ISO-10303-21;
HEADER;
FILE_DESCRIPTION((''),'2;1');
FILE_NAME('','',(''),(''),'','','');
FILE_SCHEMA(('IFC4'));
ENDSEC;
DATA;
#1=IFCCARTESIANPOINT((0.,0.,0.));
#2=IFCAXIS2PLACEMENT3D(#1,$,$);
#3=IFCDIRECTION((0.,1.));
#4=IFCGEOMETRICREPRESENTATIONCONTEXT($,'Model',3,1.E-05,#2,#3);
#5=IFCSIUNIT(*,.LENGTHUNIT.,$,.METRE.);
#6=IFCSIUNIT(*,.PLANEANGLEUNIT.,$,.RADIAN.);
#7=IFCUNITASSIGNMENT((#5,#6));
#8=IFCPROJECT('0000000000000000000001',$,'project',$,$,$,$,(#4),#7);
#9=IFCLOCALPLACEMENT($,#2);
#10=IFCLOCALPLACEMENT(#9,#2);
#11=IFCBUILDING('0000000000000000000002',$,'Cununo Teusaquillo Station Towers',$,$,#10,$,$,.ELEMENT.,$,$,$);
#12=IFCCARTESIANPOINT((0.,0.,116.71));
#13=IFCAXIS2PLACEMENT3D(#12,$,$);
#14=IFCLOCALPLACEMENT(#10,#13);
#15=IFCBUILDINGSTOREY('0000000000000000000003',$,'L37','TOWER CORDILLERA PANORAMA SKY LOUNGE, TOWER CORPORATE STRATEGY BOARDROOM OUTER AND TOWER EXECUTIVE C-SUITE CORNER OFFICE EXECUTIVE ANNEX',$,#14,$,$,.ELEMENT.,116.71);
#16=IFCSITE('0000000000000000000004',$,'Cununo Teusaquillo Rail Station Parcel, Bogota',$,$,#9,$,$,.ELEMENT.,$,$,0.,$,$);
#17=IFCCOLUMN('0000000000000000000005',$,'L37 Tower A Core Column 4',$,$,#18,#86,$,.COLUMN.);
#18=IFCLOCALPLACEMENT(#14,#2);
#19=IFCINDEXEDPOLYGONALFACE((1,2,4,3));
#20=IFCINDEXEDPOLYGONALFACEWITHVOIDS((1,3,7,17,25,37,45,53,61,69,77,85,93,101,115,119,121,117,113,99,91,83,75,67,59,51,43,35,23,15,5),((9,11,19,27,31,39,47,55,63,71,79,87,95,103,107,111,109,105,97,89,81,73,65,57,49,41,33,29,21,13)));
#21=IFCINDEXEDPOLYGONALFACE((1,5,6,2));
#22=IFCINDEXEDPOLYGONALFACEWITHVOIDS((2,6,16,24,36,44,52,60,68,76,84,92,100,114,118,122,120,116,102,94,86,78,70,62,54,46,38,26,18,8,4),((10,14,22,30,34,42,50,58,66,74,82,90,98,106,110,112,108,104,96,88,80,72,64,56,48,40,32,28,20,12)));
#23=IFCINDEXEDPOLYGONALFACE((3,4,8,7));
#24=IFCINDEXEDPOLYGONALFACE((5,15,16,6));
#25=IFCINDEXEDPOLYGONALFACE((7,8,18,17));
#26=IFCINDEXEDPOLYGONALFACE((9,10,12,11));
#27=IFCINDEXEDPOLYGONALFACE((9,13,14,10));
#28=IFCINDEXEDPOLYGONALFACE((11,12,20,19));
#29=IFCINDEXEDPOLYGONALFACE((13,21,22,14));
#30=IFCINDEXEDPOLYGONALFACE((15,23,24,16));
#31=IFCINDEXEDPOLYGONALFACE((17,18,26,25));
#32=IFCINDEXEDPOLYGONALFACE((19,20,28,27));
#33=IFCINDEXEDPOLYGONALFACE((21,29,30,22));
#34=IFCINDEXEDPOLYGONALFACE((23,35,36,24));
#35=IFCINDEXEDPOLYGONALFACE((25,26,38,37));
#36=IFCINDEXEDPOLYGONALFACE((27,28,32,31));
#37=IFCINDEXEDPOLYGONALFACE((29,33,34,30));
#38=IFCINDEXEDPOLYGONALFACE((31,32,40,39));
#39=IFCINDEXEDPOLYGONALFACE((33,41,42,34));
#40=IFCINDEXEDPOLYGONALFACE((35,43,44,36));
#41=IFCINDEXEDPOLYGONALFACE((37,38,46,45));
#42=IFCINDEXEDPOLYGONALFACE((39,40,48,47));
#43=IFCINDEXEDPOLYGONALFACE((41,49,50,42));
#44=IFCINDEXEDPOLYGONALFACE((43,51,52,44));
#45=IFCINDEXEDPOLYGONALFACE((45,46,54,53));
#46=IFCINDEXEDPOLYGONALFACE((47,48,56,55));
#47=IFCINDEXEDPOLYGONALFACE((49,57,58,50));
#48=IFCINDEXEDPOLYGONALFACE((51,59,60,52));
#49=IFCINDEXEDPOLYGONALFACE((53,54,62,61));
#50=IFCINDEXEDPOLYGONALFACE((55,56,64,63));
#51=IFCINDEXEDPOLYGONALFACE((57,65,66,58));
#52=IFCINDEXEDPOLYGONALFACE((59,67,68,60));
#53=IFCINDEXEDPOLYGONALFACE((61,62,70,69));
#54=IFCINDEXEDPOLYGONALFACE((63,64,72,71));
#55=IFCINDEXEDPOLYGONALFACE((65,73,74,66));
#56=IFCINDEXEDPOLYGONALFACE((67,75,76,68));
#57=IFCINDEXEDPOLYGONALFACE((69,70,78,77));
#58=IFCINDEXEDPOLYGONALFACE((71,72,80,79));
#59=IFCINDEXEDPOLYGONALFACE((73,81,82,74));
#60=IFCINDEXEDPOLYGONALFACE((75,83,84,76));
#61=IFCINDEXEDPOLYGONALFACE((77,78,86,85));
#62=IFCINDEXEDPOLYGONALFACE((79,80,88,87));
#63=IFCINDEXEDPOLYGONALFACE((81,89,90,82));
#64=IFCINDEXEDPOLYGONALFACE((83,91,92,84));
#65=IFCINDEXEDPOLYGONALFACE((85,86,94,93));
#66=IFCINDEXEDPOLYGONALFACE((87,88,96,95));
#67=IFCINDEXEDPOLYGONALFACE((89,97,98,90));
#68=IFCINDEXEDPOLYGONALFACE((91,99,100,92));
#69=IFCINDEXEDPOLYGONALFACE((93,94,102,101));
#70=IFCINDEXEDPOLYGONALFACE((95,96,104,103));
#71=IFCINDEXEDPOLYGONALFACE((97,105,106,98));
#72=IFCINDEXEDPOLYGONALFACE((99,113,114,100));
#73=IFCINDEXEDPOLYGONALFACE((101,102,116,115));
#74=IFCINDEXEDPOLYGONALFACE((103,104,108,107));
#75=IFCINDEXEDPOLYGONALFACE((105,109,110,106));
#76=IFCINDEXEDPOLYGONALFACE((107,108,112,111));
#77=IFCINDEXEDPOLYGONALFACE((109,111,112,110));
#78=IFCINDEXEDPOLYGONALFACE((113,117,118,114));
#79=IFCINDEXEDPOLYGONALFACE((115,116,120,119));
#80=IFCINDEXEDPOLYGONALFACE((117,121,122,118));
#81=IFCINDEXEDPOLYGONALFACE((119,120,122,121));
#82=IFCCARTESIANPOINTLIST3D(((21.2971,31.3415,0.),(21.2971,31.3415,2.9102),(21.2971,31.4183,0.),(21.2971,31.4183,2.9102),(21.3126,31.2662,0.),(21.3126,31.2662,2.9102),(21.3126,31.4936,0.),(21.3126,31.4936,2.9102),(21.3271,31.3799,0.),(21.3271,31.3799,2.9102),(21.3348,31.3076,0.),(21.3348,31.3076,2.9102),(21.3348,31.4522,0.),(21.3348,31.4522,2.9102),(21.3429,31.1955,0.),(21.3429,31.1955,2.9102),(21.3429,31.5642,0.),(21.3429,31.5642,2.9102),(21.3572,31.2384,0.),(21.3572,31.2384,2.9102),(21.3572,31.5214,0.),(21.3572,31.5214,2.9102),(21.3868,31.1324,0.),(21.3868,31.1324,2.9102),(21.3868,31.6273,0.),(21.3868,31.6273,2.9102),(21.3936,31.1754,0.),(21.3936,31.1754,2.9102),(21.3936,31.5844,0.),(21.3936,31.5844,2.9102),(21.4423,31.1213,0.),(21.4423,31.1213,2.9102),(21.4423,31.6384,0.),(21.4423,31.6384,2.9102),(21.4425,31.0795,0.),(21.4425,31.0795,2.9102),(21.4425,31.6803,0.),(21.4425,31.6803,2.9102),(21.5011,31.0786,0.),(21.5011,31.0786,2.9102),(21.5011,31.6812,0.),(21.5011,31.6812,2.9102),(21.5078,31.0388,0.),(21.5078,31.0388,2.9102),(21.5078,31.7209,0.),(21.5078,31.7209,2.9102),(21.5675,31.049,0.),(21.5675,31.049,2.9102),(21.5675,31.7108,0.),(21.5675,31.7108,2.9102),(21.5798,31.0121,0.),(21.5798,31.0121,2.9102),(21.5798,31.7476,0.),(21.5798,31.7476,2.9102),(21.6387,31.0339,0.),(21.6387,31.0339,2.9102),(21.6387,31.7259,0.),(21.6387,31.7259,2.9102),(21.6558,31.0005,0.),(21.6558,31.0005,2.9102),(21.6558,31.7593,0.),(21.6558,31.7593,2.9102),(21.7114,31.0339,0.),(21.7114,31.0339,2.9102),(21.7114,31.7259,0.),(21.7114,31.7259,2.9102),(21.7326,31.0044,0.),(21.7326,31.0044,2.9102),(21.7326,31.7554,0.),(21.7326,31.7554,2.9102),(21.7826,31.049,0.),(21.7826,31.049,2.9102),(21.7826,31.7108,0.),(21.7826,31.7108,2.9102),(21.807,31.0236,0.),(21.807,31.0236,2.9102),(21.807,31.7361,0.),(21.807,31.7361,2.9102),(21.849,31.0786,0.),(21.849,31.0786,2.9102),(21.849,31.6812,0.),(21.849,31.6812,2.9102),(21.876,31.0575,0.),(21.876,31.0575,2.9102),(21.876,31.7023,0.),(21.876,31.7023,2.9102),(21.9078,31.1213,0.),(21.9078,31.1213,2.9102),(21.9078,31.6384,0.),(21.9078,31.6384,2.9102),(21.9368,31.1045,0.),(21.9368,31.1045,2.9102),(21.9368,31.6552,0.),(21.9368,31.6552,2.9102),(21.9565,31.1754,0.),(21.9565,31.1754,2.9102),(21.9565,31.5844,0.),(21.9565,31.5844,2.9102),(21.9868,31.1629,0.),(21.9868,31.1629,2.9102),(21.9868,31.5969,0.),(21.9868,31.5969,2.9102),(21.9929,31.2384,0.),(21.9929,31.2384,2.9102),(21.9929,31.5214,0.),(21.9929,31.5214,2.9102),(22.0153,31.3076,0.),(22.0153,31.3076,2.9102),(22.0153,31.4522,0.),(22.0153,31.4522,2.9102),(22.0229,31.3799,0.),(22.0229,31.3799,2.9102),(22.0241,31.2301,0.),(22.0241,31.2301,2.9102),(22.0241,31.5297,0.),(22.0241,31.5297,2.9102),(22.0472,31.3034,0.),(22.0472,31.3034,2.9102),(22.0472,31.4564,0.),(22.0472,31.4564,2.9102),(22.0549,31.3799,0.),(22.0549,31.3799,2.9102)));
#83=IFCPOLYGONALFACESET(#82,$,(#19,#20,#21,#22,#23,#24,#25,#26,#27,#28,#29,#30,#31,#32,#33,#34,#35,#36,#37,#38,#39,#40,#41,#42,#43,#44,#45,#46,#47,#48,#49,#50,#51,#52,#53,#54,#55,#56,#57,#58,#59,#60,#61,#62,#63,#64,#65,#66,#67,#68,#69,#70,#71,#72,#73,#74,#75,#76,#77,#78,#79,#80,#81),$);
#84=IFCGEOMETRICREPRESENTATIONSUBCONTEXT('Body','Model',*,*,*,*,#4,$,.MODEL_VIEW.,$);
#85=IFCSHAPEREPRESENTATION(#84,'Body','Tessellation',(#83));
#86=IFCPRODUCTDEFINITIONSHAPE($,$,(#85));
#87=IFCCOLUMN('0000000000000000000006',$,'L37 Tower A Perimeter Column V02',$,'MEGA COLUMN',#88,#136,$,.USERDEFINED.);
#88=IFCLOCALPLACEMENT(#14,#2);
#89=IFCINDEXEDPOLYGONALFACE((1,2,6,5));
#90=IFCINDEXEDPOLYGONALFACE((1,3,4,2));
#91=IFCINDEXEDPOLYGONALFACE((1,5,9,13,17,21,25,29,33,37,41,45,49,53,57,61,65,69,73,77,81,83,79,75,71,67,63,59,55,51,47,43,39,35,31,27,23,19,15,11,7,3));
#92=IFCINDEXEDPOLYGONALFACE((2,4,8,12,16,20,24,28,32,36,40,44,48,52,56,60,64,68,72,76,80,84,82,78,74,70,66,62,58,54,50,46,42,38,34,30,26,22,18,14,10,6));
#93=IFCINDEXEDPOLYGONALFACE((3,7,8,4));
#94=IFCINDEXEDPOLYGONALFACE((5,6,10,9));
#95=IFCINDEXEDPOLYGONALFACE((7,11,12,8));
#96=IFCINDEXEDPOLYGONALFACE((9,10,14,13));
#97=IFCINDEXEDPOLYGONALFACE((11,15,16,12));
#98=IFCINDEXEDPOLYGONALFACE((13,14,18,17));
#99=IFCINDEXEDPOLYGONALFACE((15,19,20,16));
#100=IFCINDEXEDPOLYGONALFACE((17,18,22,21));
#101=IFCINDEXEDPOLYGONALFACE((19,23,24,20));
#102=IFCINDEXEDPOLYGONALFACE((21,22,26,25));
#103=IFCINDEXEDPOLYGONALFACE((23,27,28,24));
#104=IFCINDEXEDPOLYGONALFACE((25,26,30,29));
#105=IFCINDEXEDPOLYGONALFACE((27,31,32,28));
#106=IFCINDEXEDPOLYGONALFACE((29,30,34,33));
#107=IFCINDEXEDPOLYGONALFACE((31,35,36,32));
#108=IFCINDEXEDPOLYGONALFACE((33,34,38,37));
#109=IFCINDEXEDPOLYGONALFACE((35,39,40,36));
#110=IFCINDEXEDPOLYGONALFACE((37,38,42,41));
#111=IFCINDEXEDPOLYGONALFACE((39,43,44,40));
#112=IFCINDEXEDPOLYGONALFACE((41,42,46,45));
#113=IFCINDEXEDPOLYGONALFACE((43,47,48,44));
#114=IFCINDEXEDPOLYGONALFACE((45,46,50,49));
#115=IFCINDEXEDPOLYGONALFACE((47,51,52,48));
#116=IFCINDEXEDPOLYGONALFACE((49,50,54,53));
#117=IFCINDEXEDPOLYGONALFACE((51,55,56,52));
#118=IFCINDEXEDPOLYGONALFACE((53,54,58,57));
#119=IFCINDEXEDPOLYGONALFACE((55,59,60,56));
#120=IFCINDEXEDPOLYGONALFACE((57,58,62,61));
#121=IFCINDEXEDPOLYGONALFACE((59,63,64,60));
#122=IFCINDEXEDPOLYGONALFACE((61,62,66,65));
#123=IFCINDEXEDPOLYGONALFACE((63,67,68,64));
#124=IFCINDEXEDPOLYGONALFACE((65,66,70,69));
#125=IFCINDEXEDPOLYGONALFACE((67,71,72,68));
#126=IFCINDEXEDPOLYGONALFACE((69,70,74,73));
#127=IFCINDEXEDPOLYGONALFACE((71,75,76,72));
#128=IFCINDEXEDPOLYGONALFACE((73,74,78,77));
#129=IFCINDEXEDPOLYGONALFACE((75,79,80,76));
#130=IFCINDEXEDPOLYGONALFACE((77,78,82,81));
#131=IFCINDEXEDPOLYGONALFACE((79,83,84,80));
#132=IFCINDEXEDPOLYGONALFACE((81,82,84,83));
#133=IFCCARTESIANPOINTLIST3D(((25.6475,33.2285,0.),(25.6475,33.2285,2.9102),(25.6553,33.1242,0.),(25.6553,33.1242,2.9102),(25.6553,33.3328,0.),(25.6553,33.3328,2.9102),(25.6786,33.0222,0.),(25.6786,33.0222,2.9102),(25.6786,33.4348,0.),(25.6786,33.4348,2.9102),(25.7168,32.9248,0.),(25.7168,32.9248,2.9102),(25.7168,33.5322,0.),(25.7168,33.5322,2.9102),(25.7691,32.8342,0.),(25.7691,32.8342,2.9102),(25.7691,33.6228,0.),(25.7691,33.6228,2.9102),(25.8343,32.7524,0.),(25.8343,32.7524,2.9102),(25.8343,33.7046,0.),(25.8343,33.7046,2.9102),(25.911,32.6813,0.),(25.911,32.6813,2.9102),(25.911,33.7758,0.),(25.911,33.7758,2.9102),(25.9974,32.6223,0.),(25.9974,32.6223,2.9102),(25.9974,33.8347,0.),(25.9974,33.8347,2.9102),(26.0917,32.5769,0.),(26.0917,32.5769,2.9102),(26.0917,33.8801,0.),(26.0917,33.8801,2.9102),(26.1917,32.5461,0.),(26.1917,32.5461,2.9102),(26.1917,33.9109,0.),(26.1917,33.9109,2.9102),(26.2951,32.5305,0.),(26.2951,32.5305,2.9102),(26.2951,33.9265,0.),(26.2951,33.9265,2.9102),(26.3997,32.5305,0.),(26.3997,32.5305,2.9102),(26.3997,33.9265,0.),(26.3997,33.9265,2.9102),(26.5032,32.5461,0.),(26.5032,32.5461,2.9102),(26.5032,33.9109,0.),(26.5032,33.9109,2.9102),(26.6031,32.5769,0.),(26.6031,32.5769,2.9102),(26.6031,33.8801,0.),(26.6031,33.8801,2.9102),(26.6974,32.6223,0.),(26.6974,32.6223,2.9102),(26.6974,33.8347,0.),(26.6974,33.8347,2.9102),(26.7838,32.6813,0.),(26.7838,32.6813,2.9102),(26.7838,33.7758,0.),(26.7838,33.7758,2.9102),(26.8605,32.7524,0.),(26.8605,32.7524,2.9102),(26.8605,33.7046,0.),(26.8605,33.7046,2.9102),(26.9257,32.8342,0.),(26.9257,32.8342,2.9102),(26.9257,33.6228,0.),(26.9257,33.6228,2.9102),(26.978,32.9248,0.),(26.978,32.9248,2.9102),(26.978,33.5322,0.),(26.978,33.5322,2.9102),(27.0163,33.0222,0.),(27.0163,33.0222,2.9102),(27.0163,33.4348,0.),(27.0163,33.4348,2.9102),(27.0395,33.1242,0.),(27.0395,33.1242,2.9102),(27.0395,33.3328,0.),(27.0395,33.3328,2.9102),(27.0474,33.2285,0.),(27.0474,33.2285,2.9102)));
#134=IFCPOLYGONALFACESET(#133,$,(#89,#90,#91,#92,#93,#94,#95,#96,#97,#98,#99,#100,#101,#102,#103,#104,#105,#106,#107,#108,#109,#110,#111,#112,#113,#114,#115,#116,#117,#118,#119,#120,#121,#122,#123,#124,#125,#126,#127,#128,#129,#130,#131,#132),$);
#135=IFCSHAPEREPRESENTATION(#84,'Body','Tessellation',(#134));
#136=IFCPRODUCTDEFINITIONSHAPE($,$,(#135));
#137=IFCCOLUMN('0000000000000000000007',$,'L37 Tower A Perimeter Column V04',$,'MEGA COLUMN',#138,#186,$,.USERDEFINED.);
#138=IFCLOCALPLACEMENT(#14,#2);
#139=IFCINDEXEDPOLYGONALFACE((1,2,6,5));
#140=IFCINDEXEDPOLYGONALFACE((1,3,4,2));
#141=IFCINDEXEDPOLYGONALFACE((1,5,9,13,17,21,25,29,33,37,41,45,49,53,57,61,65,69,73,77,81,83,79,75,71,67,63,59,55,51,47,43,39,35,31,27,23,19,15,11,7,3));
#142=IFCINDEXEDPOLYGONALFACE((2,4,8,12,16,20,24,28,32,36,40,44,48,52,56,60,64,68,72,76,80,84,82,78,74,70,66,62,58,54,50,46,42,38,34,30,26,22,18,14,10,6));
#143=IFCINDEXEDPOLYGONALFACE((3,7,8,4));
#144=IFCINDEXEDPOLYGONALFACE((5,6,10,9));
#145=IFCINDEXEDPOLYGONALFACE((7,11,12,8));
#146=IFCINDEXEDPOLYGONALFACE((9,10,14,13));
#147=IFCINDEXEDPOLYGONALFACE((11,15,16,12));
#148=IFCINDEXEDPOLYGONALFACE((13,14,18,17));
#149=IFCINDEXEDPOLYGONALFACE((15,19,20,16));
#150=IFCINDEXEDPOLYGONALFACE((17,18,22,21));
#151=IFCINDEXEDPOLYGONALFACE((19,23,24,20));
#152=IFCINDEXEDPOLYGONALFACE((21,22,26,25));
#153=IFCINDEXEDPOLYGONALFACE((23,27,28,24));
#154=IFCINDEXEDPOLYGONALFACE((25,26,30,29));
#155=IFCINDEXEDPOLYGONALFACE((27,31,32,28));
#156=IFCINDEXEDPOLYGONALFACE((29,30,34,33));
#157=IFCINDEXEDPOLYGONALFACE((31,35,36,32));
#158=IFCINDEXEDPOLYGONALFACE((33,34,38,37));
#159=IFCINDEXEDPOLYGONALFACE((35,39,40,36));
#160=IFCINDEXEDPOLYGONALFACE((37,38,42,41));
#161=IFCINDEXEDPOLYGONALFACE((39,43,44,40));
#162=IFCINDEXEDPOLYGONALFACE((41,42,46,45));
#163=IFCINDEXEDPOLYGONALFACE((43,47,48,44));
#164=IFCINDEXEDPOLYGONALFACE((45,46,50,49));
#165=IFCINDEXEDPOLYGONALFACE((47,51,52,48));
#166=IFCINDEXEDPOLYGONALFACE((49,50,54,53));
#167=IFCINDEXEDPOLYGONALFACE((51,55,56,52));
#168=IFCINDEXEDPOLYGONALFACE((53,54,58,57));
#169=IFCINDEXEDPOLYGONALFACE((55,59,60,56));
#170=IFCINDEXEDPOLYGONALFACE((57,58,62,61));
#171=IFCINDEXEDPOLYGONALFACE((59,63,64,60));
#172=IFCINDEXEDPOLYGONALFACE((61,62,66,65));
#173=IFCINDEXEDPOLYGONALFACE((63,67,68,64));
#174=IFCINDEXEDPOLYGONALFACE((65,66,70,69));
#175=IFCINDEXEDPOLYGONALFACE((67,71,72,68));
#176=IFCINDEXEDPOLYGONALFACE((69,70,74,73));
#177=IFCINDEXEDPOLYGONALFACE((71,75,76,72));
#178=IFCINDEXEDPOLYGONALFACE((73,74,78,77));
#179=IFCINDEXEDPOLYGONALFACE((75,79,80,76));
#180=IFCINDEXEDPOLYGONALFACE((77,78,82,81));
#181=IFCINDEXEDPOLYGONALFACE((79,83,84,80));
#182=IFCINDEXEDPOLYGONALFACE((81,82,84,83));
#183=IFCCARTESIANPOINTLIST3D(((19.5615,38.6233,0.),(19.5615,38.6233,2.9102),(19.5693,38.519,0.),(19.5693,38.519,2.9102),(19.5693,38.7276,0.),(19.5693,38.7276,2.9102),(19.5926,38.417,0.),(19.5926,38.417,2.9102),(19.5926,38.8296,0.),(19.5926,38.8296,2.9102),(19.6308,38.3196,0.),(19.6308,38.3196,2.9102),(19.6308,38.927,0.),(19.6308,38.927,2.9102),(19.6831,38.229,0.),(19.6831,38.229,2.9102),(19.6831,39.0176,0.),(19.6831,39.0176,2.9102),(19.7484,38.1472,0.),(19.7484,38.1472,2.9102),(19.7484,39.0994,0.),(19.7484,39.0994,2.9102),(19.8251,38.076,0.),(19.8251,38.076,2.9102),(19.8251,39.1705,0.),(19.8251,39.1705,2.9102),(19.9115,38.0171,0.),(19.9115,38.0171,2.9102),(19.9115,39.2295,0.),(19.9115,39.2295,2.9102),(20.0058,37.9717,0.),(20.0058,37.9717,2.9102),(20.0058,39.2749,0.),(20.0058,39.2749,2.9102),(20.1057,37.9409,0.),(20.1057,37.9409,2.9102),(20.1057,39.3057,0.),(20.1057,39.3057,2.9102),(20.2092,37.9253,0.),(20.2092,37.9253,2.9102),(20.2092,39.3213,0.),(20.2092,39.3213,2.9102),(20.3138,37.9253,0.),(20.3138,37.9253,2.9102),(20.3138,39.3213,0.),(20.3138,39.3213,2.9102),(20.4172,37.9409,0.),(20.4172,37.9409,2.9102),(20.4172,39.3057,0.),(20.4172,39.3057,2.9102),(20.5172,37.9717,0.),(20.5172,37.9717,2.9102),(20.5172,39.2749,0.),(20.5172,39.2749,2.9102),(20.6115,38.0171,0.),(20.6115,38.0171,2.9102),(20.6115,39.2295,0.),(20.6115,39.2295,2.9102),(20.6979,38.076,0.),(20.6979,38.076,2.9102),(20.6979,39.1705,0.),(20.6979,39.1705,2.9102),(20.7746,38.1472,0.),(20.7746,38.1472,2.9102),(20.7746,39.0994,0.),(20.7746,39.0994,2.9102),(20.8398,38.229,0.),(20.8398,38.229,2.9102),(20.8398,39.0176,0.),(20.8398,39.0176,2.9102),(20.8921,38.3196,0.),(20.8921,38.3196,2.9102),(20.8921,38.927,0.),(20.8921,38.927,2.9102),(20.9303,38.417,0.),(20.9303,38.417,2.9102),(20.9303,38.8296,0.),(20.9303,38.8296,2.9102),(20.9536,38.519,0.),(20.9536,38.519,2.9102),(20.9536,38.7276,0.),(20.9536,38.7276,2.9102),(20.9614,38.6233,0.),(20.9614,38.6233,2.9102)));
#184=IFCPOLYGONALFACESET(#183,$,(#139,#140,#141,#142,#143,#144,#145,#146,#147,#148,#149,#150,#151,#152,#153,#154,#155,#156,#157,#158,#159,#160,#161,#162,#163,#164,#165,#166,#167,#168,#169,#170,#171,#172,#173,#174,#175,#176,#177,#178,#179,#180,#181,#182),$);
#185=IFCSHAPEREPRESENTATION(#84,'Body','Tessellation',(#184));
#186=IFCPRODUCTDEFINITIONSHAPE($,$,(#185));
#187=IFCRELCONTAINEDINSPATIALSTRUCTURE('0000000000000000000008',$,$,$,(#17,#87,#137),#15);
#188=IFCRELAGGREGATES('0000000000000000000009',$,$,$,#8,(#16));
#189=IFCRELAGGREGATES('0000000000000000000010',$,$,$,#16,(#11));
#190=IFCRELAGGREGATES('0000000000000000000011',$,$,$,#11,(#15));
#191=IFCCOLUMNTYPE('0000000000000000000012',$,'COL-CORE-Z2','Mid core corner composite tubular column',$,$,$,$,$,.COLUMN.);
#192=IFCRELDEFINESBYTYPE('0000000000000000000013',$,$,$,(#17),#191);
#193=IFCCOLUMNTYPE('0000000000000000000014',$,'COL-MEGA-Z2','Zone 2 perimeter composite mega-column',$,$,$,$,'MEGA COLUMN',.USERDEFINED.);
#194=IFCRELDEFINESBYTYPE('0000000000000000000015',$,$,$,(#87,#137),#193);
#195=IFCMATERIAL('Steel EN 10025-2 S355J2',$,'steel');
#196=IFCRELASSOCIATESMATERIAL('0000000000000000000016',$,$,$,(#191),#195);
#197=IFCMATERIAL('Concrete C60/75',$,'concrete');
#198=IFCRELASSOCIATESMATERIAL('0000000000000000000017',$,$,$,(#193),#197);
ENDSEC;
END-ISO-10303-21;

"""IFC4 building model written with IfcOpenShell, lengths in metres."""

from ifc_helpers import new_model, si_unit, direction, frame, origin, origin_2d, place, context, subcontext, project, spatial, circle, hollow_circle, extrude, material, material_profile, profile_set, type_object, element, save


model = new_model("IFC4")

# Units and contexts
model_context = context("Model", 3, precision=1e-05, world=origin(), true_north=direction((0.0, 1.0)))
body_context = subcontext(model_context, "Body", "Model", "MODEL_VIEW")
ifc_project = project(units=[si_unit("LENGTHUNIT", "METRE"), si_unit("PLANEANGLEUNIT", "RADIAN")], contexts=[model_context])

# Site, building, storey
site_placement = place(None, origin())
site = spatial("IfcSite", under=ifc_project, at=site_placement, Name="Cununo Teusaquillo Rail Station Parcel, Bogota", CompositionType="ELEMENT", RefElevation=0.0)
building_placement = place(site_placement, origin())
building = spatial("IfcBuilding", under=site, at=building_placement, Name="Cununo Teusaquillo Station Towers", CompositionType="ELEMENT")
storey_placement = place(building_placement, frame((0.0, 0.0, 116.71)))
storey = spatial("IfcBuildingStorey", under=building, at=storey_placement, Name="L37", Description="TOWER CORDILLERA PANORAMA SKY LOUNGE, TOWER CORPORATE STRATEGY BOARDROOM OUTER AND TOWER EXECUTIVE C-SUITE CORNER OFFICE EXECUTIVE ANNEX", CompositionType="ELEMENT", Elevation=116.71)

# Columns
ifc_material_1 = material(Name="Steel EN 10025-2 S355J2", Category="steel")
ifc_material_profile_1 = material_profile(ifc_material_1, hollow_circle(Radius=0.3799, WallThickness=0.032, at=origin_2d()), Name="CHS 760x32")
ifc_profile_set_1 = profile_set([ifc_material_profile_1], Name="Steel EN 10025-2 S355J2")
column_type_1 = type_object("IfcColumnType", Name="COL-CORE-Z2", Description="Mid core corner composite tubular column", PredefinedType="COLUMN", material=ifc_profile_set_1)
column_placement = place(storey_placement, frame((21.675, 31.3799, 0.0), z_axis=(0.0, 0.0, 1.0), x_axis=(1.0, 0.0, 0.0)))
element("IfcColumn", 1, at=column_placement, inside=storey, type_object=column_type_1, Name="L37 Tower A Core Column 4", PredefinedType="COLUMN", context=body_context, shape_type="SweptSolid", body=[
    extrude(hollow_circle(Radius=0.3799, WallThickness=0.032, at=origin_2d()), origin(), (0.0, 0.0, 1.0), 2.9102),
])
ifc_material_2 = material(Name="Concrete C60/75", Category="concrete")
ifc_material_profile_2 = material_profile(ifc_material_2, circle(Radius=0.7, at=origin_2d()), Name="RC-CIRC-1400")
ifc_profile_set_2 = profile_set([ifc_material_profile_2], Name="Concrete C60/75")
column_type_2 = type_object("IfcColumnType", Name="COL-MEGA-Z2", Description="Zone 2 perimeter composite mega-column", ElementType="MEGA COLUMN", PredefinedType="USERDEFINED", material=ifc_profile_set_2)
for number, where, z_axis, x_axis, name in (
    (2, (26.3474, 33.2285, 0.0), (0.0, 0.0, 1.0), (1.0, 0.0, 0.0), "L37 Tower A Perimeter Column V02"),
    (3, (20.2615, 38.6233, 0.0), (0.0, 0.0, 1.0), (1.0, 0.0, 0.0), "L37 Tower A Perimeter Column V04"),
):
    element("IfcColumn", number, at=place(storey_placement, frame(where, z_axis=z_axis, x_axis=x_axis)), inside=storey, type_object=column_type_2, Name=name, ObjectType="MEGA COLUMN", PredefinedType="USERDEFINED", context=body_context, shape_type="SweptSolid", body=[
        extrude(circle(Radius=0.7, at=origin_2d()), origin(), (0.0, 0.0, 1.0), 2.9102),
    ])

save(model, "model.ifc")
